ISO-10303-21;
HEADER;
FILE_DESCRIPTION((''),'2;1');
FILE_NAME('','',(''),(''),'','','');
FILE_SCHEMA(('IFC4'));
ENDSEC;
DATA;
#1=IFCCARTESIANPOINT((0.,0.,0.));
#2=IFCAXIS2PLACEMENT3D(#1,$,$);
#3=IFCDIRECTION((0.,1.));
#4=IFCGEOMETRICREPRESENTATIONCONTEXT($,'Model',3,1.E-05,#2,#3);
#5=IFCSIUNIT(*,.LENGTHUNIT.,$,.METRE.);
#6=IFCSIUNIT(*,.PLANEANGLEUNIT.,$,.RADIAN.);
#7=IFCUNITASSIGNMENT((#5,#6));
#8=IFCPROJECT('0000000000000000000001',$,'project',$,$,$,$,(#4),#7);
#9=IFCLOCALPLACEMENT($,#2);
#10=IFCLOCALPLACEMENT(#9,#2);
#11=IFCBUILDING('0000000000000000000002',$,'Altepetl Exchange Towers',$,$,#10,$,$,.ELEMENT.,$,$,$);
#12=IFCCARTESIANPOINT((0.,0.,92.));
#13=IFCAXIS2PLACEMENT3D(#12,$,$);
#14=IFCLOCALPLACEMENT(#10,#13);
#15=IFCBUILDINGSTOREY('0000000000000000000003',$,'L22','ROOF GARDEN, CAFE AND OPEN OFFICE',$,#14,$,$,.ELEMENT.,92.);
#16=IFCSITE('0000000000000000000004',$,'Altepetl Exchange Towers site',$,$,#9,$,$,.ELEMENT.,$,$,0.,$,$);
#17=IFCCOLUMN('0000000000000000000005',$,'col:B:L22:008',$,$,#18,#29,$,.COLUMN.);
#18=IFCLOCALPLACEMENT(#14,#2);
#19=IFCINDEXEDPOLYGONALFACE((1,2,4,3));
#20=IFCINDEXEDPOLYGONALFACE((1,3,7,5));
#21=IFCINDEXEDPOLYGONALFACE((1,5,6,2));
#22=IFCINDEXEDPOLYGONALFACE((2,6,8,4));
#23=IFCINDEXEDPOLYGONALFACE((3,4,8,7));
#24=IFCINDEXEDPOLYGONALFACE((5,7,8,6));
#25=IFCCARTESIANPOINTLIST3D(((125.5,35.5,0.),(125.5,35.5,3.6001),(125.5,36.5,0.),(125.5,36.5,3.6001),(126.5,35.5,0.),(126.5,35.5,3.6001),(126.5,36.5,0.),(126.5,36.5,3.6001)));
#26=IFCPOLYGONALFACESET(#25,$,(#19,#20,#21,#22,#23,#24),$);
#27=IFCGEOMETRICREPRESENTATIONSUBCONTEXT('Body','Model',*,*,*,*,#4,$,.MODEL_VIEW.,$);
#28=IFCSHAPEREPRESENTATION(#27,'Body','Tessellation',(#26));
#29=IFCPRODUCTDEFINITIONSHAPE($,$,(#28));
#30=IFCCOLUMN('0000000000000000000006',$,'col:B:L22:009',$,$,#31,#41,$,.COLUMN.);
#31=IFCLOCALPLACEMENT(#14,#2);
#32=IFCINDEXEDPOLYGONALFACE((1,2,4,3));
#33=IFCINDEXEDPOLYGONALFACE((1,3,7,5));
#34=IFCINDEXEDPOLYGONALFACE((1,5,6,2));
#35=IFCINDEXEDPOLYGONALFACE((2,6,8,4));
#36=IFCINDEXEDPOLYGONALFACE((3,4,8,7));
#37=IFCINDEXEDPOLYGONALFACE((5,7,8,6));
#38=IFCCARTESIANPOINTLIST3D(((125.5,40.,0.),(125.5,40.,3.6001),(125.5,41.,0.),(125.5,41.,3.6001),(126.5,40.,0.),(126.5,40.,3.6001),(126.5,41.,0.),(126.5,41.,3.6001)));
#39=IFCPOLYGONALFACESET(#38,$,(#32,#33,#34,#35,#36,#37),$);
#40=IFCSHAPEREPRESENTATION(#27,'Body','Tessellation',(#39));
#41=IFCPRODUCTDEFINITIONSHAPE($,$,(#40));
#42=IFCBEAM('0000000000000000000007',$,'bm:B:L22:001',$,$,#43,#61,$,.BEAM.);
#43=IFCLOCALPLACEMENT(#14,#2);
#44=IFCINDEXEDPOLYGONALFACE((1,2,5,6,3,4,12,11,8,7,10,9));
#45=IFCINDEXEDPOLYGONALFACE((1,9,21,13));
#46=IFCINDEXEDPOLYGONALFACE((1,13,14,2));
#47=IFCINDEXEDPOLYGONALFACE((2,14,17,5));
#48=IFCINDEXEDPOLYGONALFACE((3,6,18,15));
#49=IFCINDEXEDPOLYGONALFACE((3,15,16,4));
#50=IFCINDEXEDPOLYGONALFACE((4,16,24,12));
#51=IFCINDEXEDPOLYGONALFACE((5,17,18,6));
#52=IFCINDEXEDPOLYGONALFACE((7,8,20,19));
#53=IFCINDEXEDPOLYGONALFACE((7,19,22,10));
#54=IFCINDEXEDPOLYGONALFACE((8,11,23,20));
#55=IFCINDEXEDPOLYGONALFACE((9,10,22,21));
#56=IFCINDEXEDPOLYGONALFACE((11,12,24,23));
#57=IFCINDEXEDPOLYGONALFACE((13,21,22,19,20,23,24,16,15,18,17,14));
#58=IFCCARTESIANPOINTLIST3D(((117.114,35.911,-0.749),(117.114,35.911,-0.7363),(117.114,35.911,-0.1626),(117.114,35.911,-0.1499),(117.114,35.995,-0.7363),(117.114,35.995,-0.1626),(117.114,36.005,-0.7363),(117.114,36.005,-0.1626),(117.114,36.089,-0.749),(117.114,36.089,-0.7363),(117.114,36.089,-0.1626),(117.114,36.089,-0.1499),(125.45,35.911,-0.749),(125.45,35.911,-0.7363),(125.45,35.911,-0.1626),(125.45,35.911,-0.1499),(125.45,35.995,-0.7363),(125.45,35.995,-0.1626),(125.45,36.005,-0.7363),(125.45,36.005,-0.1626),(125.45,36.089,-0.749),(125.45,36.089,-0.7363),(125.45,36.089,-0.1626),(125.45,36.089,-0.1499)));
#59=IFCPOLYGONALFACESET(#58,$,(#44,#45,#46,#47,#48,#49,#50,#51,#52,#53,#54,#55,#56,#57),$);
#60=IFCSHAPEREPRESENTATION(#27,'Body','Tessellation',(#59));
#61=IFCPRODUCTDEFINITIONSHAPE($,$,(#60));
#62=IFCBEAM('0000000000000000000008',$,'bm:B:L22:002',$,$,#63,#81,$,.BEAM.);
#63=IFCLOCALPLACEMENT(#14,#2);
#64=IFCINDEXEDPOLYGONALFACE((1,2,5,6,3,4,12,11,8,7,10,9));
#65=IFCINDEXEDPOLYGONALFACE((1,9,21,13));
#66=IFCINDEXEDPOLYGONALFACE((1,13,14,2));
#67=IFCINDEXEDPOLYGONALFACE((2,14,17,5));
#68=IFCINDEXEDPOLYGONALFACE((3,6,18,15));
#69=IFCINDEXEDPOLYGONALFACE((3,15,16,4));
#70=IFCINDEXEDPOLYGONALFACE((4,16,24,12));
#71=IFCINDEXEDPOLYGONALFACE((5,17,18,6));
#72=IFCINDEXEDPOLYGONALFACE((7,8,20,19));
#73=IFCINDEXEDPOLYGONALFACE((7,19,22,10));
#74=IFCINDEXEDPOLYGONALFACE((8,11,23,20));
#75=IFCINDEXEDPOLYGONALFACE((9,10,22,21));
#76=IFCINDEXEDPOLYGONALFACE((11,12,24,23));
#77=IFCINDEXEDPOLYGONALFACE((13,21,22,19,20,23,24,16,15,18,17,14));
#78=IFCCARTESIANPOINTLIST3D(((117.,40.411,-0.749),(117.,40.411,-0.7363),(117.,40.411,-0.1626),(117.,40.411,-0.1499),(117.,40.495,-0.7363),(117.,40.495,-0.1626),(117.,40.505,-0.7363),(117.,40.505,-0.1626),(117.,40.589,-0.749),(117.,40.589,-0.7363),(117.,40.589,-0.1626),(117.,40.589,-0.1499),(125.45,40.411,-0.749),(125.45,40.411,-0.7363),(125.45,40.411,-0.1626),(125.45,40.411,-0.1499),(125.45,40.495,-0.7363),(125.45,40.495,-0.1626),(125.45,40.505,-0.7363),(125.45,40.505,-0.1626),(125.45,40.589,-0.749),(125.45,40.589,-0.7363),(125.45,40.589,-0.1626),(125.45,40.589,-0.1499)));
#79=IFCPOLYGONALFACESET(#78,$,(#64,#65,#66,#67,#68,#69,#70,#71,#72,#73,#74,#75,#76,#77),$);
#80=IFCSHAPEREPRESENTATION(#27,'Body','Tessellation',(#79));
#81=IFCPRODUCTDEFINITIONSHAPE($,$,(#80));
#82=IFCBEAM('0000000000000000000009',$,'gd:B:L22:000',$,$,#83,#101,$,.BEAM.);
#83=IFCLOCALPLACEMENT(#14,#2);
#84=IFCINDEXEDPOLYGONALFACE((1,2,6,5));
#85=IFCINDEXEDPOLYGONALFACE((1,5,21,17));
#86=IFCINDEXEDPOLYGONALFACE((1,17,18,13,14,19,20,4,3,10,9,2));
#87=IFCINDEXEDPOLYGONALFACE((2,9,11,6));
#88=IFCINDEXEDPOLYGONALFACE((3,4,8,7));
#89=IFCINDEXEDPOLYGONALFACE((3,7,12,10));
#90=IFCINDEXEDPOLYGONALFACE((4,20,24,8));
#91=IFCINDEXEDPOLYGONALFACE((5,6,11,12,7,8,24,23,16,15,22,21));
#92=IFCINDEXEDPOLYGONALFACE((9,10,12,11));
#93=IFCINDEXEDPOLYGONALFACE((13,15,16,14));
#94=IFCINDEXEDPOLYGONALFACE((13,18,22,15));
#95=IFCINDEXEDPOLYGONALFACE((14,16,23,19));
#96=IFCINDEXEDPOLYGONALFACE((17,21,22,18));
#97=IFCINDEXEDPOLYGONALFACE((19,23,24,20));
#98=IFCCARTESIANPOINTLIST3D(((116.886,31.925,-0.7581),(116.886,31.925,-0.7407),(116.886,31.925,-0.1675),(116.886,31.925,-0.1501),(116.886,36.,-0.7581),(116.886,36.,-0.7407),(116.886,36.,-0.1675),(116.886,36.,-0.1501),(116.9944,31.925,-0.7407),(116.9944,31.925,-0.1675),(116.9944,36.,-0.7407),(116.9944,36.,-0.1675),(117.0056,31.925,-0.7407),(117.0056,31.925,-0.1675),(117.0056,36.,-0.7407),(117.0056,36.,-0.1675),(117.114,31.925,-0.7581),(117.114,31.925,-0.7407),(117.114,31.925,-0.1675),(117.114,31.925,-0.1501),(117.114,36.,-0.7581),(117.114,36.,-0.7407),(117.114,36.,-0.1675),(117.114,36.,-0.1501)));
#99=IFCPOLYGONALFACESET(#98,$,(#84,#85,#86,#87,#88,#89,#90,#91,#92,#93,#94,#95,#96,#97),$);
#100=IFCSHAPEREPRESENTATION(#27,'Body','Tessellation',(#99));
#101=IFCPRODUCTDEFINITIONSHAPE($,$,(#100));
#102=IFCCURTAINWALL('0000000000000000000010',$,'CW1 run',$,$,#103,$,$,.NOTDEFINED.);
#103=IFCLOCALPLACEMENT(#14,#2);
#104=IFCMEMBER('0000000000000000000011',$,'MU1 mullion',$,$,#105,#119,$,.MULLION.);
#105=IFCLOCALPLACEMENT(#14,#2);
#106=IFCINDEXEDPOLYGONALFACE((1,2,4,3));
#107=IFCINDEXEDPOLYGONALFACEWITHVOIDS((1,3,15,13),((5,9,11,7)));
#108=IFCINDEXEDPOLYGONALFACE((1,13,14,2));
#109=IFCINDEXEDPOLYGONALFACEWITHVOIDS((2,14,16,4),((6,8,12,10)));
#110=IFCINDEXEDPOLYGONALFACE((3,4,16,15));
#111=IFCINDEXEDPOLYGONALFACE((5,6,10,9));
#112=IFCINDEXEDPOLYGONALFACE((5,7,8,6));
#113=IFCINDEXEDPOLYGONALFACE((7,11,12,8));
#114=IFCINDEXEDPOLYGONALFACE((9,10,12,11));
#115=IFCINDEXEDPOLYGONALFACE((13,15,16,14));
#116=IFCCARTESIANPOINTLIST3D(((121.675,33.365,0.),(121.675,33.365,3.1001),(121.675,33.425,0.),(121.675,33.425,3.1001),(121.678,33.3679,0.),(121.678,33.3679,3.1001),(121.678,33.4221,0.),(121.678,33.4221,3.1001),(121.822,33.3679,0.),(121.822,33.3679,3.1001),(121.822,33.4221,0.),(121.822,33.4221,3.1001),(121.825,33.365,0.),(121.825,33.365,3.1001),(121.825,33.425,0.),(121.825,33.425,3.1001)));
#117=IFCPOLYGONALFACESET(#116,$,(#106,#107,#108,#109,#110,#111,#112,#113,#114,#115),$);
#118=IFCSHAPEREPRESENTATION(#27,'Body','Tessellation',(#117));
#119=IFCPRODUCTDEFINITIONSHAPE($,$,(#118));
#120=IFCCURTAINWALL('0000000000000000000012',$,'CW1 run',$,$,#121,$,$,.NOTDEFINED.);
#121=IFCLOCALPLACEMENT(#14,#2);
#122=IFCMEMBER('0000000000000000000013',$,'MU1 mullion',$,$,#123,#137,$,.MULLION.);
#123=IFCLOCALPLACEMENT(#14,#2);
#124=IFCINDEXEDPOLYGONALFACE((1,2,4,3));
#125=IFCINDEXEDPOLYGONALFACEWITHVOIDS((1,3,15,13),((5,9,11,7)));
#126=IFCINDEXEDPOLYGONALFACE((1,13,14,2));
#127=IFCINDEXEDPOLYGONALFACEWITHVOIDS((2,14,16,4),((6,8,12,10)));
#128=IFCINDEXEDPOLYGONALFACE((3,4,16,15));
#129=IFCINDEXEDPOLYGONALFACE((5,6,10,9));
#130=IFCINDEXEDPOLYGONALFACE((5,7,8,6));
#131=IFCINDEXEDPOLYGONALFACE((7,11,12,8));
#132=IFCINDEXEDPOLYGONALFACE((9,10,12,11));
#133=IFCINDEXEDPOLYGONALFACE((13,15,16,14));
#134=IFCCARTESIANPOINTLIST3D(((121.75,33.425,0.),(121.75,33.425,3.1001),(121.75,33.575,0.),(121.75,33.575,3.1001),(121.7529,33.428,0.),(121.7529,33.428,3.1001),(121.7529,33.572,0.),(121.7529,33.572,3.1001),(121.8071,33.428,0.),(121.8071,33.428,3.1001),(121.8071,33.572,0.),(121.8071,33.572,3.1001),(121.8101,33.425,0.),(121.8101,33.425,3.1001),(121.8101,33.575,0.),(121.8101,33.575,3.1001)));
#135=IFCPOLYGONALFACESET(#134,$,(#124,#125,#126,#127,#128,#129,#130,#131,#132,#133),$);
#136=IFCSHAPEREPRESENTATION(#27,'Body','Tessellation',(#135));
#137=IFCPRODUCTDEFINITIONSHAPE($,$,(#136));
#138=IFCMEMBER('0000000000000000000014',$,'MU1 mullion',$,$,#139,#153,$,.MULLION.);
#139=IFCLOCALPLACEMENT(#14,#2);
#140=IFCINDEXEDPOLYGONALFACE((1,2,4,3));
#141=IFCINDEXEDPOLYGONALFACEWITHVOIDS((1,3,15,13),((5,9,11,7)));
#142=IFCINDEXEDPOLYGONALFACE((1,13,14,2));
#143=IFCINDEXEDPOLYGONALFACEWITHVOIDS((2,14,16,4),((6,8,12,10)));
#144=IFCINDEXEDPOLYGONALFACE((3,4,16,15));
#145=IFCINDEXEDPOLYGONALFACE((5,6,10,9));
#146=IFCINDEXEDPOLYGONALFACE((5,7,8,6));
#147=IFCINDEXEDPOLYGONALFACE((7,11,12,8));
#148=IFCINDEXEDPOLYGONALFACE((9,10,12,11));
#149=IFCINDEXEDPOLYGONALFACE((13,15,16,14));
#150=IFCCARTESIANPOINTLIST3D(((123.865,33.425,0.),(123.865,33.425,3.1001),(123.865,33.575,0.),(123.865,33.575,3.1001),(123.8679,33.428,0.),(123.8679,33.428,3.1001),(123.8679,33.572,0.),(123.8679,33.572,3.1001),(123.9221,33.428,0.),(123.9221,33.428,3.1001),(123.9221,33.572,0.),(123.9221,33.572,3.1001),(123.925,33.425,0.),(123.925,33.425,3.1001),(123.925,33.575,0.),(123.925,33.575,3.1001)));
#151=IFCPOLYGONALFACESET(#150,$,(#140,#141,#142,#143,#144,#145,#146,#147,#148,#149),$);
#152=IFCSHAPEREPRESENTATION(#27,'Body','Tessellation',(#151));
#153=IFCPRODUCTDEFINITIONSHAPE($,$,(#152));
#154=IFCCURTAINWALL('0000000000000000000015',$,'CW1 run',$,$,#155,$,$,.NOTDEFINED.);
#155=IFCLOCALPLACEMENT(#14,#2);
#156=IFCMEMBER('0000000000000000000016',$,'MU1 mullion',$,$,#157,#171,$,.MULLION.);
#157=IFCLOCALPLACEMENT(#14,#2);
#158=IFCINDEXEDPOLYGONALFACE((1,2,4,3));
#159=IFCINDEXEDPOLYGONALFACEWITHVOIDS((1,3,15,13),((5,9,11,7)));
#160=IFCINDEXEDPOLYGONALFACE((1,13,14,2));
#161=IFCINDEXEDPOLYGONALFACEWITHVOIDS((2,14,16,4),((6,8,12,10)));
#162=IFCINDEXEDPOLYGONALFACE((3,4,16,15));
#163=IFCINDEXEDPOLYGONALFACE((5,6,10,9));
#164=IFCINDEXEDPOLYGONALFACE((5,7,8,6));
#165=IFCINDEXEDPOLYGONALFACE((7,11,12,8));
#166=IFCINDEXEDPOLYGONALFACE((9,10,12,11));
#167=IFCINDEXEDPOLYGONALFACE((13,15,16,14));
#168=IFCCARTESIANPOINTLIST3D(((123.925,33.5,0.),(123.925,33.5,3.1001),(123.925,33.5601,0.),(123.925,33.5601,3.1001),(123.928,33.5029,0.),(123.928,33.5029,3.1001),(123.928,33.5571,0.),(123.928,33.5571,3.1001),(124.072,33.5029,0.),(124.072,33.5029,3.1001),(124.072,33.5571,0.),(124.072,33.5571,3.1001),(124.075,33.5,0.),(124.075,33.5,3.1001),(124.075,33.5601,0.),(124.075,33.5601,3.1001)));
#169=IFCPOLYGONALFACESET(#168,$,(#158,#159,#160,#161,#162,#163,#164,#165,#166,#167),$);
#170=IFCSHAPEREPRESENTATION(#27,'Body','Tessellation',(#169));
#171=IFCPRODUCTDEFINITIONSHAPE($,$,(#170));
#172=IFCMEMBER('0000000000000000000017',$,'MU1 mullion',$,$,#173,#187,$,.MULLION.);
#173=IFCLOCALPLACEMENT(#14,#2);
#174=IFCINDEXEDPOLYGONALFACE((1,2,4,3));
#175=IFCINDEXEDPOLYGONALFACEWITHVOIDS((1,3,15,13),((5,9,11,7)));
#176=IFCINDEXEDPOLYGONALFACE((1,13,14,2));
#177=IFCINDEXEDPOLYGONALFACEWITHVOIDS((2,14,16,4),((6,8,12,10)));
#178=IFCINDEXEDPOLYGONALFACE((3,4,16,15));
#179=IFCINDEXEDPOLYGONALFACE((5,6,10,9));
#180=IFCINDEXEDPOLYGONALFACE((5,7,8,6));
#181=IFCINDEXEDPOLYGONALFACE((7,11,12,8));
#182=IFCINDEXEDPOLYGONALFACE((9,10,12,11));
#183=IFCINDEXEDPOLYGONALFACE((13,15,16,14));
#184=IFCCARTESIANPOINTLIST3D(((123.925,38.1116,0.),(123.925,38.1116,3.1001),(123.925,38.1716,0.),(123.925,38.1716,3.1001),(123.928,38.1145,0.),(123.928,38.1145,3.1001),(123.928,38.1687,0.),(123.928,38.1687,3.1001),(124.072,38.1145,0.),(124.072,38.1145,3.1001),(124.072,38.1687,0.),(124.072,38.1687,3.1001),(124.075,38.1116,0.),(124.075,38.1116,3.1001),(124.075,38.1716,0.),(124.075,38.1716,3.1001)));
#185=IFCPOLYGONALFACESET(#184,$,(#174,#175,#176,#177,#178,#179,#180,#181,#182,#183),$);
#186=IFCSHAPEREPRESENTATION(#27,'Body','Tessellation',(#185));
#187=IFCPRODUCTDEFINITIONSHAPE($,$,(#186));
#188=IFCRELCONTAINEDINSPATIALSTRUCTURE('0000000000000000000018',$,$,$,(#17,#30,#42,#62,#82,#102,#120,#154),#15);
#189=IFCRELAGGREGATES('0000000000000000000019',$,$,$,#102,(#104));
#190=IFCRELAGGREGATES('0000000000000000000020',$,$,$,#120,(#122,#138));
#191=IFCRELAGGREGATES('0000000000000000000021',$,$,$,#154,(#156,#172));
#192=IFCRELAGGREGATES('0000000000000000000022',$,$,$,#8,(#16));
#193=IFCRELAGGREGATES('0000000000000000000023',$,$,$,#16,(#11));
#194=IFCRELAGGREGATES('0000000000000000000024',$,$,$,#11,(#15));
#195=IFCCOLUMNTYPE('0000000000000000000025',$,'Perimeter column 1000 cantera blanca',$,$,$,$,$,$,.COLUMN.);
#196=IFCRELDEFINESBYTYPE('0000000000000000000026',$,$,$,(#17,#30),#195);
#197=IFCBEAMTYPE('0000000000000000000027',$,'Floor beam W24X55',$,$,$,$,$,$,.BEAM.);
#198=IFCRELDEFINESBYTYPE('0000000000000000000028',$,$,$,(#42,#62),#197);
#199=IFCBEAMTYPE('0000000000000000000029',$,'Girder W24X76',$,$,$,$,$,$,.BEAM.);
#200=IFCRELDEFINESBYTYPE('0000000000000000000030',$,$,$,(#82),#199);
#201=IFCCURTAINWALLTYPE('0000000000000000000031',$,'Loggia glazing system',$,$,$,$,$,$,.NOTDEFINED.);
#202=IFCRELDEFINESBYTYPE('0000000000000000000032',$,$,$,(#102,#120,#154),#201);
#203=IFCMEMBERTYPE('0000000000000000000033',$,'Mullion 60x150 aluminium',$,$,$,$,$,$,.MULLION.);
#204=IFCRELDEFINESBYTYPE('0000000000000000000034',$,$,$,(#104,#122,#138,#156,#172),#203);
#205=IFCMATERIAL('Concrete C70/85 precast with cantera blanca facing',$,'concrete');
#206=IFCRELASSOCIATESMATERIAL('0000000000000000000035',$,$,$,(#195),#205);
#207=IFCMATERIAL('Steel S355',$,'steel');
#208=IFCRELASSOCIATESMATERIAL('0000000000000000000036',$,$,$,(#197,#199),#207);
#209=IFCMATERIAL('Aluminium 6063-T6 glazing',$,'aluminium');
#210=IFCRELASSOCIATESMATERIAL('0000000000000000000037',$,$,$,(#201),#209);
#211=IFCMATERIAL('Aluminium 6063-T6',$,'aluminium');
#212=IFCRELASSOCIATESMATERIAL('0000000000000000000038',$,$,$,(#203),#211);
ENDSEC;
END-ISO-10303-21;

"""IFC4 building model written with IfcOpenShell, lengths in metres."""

from ifc_helpers import new_model, si_unit, direction, frame, origin, origin_2d, place, context, subcontext, project, spatial, rectangle, hollow_rectangle, i_section, extrude, material, material_profile, profile_set, type_object, element, aggregate, save


model = new_model("IFC4")

# Units and contexts
model_context = context("Model", 3, precision=1e-05, world=origin(), true_north=direction((0.0, 1.0)))
body_context = subcontext(model_context, "Body", "Model", "MODEL_VIEW")
ifc_project = project(units=[si_unit("LENGTHUNIT", "METRE"), si_unit("PLANEANGLEUNIT", "RADIAN")], contexts=[model_context])

# Site, building, storey
site_placement = place(None, origin())
site = spatial("IfcSite", under=ifc_project, at=site_placement, Name="Altepetl Exchange Towers site", CompositionType="ELEMENT", RefElevation=0.0)
building_placement = place(site_placement, origin())
building = spatial("IfcBuilding", under=site, at=building_placement, Name="Altepetl Exchange Towers", CompositionType="ELEMENT")
storey_placement = place(building_placement, frame((0.0, 0.0, 92.0)))
storey = spatial("IfcBuildingStorey", under=building, at=storey_placement, Name="L22", Description="ROOF GARDEN, CAFE AND OPEN OFFICE", CompositionType="ELEMENT", Elevation=92.0)

# Columns
ifc_material_1 = material(Name="Concrete C70/85 precast with cantera blanca facing", Category="concrete")
ifc_material_profile_1 = material_profile(ifc_material_1, rectangle(XDim=1.0, YDim=1.0, at=origin_2d()), Name="1000 x 1000")
ifc_profile_set_1 = profile_set([ifc_material_profile_1], Name="Concrete C70/85 precast with cantera blanca facing")
column_type = type_object("IfcColumnType", Name="Perimeter column 1000 cantera blanca", PredefinedType="COLUMN", material=ifc_profile_set_1)
for number, where, name in (
    (1, (126.0, 36.0, 0.0), "col:B:L22:008"),
    (2, (126.0, 40.5, 0.0), "col:B:L22:009"),
):
    element("IfcColumn", number, at=place(storey_placement, frame(where)), inside=storey, type_object=column_type, Name=name, PredefinedType="COLUMN", context=body_context, shape_type="SweptSolid", body=[
        extrude(rectangle(XDim=1.0, YDim=1.0, at=origin_2d()), origin(), (0.0, 0.0, 1.0), 3.6001),
    ])

# Beams
ifc_material_2 = material(Name="Steel S355", Category="steel")
ifc_material_profile_2 = material_profile(ifc_material_2, i_section(OverallWidth=0.178, OverallDepth=0.5991, WebThickness=0.01, FlangeThickness=0.0127, at=origin_2d()), Name="W24X55")
ifc_profile_set_2 = profile_set([ifc_material_profile_2], Name="Steel S355")
beam_type_1 = type_object("IfcBeamType", Name="Floor beam W24X55", PredefinedType="BEAM", material=ifc_profile_set_2)
beam_1_placement = place(storey_placement, frame((117.114, 36.0, -0.4495), z_axis=(1.0, 0.0, 0.0), x_axis=(0.0, 1.0, 0.0)))
element("IfcBeam", 3, at=beam_1_placement, inside=storey, type_object=beam_type_1, Name="bm:B:L22:001", PredefinedType="BEAM", context=body_context, shape_type="SweptSolid", body=[
    extrude(i_section(OverallWidth=0.178, OverallDepth=0.5991, WebThickness=0.01, FlangeThickness=0.0127, at=origin_2d()), origin(), (0.0, 0.0, 1.0), 8.3359),
])
beam_2_placement = place(storey_placement, frame((117.0, 40.5, -0.4495), z_axis=(1.0, 0.0, 0.0), x_axis=(0.0, 1.0, 0.0)))
element("IfcBeam", 4, at=beam_2_placement, inside=storey, type_object=beam_type_1, Name="bm:B:L22:002", PredefinedType="BEAM", context=body_context, shape_type="SweptSolid", body=[
    extrude(i_section(OverallWidth=0.178, OverallDepth=0.5991, WebThickness=0.01, FlangeThickness=0.0127, at=origin_2d()), origin(), (0.0, 0.0, 1.0), 8.45),
])
ifc_material_profile_3 = material_profile(ifc_material_2, i_section(OverallWidth=0.228, OverallDepth=0.6079, WebThickness=0.0112, FlangeThickness=0.0173, at=origin_2d()), Name="W24X76")
ifc_profile_set_3 = profile_set([ifc_material_profile_3], Name="Steel S355")
beam_type_2 = type_object("IfcBeamType", Name="Girder W24X76", PredefinedType="BEAM", material=ifc_profile_set_3)
beam_3_placement = place(storey_placement, frame((117.0, 36.0, -0.4541), z_axis=(0.0, -1.0, 0.0), x_axis=(1.0, 0.0, 0.0)))
element("IfcBeam", 5, at=beam_3_placement, inside=storey, type_object=beam_type_2, Name="gd:B:L22:000", PredefinedType="BEAM", context=body_context, shape_type="SweptSolid", body=[
    extrude(i_section(OverallWidth=0.228, OverallDepth=0.6079, WebThickness=0.0112, FlangeThickness=0.0173, at=origin_2d()), origin(), (0.0, 0.0, 1.0), 4.075),
])

# Curtain wall, member
ifc_material_3 = material(Name="Aluminium 6063-T6 glazing", Category="aluminium")
curtain_wall_type = type_object("IfcCurtainWallType", Name="Loggia glazing system", PredefinedType="NOTDEFINED", material=ifc_material_3)
curtain_wall_1_placement = place(storey_placement, origin())
curtain_wall_1 = element("IfcCurtainWall", 6, at=curtain_wall_1_placement, inside=storey, type_object=curtain_wall_type, Name="CW1 run", PredefinedType="NOTDEFINED")
ifc_material_4 = material(Name="Aluminium 6063-T6", Category="aluminium")
ifc_material_profile_4 = material_profile(ifc_material_4, hollow_rectangle(XDim=0.0601, YDim=0.1499, WallThickness=0.0029, at=origin_2d()), Name="Mullion 60x150 aluminium")
ifc_profile_set_4 = profile_set([ifc_material_profile_4], Name="Aluminium 6063-T6")
member_type = type_object("IfcMemberType", Name="Mullion 60x150 aluminium", PredefinedType="MULLION", material=ifc_profile_set_4)
member_1_placement = place(storey_placement, frame((121.75, 33.395, 0.0), z_axis=(0.0, 0.0, 1.0), x_axis=(0.0, 1.0, 0.0)))
member_1 = element("IfcMember", 7, at=member_1_placement, type_object=member_type, Name="MU1 mullion", PredefinedType="MULLION", context=body_context, shape_type="SweptSolid", body=[
    extrude(hollow_rectangle(XDim=0.0601, YDim=0.1499, WallThickness=0.0029, at=origin_2d()), origin(), (0.0, 0.0, 1.0), 3.1001),
])

# Curtain walls, members
curtain_wall_2_placement = place(storey_placement, origin())
curtain_wall_2 = element("IfcCurtainWall", 8, at=curtain_wall_2_placement, inside=storey, type_object=curtain_wall_type, Name="CW1 run", PredefinedType="NOTDEFINED")
member_2_placement = place(storey_placement, frame((121.78, 33.5, 0.0)))
member_2 = element("IfcMember", 9, at=member_2_placement, type_object=member_type, Name="MU1 mullion", PredefinedType="MULLION", context=body_context, shape_type="SweptSolid", body=[
    extrude(hollow_rectangle(XDim=0.0601, YDim=0.1499, WallThickness=0.0029, at=origin_2d()), origin(), (0.0, 0.0, 1.0), 3.1001),
])
member_3_placement = place(storey_placement, frame((123.895, 33.5, 0.0)))
member_3 = element("IfcMember", 10, at=member_3_placement, type_object=member_type, Name="MU1 mullion", PredefinedType="MULLION", context=body_context, shape_type="SweptSolid", body=[
    extrude(hollow_rectangle(XDim=0.0601, YDim=0.1499, WallThickness=0.0029, at=origin_2d()), origin(), (0.0, 0.0, 1.0), 3.1001),
])
curtain_wall_3_placement = place(storey_placement, origin())
curtain_wall_3 = element("IfcCurtainWall", 11, at=curtain_wall_3_placement, inside=storey, type_object=curtain_wall_type, Name="CW1 run", PredefinedType="NOTDEFINED")
member_4_placement = place(storey_placement, frame((124.0, 33.53, 0.0), z_axis=(0.0, 0.0, 1.0), x_axis=(0.0, 1.0, 0.0)))
member_4 = element("IfcMember", 12, at=member_4_placement, type_object=member_type, Name="MU1 mullion", PredefinedType="MULLION", context=body_context, shape_type="SweptSolid", body=[
    extrude(hollow_rectangle(XDim=0.0601, YDim=0.1499, WallThickness=0.0029, at=origin_2d()), origin(), (0.0, 0.0, 1.0), 3.1001),
])
member_5_placement = place(storey_placement, frame((124.0, 38.1416, 0.0), z_axis=(0.0, 0.0, 1.0), x_axis=(0.0, 1.0, 0.0)))
member_5 = element("IfcMember", 13, at=member_5_placement, type_object=member_type, Name="MU1 mullion", PredefinedType="MULLION", context=body_context, shape_type="SweptSolid", body=[
    extrude(hollow_rectangle(XDim=0.0601, YDim=0.1499, WallThickness=0.0029, at=origin_2d()), origin(), (0.0, 0.0, 1.0), 3.1001),
])

aggregate(curtain_wall_1, [member_1])
aggregate(curtain_wall_2, [member_2, member_3])
aggregate(curtain_wall_3, [member_4, member_5])

save(model, "model.ifc")
